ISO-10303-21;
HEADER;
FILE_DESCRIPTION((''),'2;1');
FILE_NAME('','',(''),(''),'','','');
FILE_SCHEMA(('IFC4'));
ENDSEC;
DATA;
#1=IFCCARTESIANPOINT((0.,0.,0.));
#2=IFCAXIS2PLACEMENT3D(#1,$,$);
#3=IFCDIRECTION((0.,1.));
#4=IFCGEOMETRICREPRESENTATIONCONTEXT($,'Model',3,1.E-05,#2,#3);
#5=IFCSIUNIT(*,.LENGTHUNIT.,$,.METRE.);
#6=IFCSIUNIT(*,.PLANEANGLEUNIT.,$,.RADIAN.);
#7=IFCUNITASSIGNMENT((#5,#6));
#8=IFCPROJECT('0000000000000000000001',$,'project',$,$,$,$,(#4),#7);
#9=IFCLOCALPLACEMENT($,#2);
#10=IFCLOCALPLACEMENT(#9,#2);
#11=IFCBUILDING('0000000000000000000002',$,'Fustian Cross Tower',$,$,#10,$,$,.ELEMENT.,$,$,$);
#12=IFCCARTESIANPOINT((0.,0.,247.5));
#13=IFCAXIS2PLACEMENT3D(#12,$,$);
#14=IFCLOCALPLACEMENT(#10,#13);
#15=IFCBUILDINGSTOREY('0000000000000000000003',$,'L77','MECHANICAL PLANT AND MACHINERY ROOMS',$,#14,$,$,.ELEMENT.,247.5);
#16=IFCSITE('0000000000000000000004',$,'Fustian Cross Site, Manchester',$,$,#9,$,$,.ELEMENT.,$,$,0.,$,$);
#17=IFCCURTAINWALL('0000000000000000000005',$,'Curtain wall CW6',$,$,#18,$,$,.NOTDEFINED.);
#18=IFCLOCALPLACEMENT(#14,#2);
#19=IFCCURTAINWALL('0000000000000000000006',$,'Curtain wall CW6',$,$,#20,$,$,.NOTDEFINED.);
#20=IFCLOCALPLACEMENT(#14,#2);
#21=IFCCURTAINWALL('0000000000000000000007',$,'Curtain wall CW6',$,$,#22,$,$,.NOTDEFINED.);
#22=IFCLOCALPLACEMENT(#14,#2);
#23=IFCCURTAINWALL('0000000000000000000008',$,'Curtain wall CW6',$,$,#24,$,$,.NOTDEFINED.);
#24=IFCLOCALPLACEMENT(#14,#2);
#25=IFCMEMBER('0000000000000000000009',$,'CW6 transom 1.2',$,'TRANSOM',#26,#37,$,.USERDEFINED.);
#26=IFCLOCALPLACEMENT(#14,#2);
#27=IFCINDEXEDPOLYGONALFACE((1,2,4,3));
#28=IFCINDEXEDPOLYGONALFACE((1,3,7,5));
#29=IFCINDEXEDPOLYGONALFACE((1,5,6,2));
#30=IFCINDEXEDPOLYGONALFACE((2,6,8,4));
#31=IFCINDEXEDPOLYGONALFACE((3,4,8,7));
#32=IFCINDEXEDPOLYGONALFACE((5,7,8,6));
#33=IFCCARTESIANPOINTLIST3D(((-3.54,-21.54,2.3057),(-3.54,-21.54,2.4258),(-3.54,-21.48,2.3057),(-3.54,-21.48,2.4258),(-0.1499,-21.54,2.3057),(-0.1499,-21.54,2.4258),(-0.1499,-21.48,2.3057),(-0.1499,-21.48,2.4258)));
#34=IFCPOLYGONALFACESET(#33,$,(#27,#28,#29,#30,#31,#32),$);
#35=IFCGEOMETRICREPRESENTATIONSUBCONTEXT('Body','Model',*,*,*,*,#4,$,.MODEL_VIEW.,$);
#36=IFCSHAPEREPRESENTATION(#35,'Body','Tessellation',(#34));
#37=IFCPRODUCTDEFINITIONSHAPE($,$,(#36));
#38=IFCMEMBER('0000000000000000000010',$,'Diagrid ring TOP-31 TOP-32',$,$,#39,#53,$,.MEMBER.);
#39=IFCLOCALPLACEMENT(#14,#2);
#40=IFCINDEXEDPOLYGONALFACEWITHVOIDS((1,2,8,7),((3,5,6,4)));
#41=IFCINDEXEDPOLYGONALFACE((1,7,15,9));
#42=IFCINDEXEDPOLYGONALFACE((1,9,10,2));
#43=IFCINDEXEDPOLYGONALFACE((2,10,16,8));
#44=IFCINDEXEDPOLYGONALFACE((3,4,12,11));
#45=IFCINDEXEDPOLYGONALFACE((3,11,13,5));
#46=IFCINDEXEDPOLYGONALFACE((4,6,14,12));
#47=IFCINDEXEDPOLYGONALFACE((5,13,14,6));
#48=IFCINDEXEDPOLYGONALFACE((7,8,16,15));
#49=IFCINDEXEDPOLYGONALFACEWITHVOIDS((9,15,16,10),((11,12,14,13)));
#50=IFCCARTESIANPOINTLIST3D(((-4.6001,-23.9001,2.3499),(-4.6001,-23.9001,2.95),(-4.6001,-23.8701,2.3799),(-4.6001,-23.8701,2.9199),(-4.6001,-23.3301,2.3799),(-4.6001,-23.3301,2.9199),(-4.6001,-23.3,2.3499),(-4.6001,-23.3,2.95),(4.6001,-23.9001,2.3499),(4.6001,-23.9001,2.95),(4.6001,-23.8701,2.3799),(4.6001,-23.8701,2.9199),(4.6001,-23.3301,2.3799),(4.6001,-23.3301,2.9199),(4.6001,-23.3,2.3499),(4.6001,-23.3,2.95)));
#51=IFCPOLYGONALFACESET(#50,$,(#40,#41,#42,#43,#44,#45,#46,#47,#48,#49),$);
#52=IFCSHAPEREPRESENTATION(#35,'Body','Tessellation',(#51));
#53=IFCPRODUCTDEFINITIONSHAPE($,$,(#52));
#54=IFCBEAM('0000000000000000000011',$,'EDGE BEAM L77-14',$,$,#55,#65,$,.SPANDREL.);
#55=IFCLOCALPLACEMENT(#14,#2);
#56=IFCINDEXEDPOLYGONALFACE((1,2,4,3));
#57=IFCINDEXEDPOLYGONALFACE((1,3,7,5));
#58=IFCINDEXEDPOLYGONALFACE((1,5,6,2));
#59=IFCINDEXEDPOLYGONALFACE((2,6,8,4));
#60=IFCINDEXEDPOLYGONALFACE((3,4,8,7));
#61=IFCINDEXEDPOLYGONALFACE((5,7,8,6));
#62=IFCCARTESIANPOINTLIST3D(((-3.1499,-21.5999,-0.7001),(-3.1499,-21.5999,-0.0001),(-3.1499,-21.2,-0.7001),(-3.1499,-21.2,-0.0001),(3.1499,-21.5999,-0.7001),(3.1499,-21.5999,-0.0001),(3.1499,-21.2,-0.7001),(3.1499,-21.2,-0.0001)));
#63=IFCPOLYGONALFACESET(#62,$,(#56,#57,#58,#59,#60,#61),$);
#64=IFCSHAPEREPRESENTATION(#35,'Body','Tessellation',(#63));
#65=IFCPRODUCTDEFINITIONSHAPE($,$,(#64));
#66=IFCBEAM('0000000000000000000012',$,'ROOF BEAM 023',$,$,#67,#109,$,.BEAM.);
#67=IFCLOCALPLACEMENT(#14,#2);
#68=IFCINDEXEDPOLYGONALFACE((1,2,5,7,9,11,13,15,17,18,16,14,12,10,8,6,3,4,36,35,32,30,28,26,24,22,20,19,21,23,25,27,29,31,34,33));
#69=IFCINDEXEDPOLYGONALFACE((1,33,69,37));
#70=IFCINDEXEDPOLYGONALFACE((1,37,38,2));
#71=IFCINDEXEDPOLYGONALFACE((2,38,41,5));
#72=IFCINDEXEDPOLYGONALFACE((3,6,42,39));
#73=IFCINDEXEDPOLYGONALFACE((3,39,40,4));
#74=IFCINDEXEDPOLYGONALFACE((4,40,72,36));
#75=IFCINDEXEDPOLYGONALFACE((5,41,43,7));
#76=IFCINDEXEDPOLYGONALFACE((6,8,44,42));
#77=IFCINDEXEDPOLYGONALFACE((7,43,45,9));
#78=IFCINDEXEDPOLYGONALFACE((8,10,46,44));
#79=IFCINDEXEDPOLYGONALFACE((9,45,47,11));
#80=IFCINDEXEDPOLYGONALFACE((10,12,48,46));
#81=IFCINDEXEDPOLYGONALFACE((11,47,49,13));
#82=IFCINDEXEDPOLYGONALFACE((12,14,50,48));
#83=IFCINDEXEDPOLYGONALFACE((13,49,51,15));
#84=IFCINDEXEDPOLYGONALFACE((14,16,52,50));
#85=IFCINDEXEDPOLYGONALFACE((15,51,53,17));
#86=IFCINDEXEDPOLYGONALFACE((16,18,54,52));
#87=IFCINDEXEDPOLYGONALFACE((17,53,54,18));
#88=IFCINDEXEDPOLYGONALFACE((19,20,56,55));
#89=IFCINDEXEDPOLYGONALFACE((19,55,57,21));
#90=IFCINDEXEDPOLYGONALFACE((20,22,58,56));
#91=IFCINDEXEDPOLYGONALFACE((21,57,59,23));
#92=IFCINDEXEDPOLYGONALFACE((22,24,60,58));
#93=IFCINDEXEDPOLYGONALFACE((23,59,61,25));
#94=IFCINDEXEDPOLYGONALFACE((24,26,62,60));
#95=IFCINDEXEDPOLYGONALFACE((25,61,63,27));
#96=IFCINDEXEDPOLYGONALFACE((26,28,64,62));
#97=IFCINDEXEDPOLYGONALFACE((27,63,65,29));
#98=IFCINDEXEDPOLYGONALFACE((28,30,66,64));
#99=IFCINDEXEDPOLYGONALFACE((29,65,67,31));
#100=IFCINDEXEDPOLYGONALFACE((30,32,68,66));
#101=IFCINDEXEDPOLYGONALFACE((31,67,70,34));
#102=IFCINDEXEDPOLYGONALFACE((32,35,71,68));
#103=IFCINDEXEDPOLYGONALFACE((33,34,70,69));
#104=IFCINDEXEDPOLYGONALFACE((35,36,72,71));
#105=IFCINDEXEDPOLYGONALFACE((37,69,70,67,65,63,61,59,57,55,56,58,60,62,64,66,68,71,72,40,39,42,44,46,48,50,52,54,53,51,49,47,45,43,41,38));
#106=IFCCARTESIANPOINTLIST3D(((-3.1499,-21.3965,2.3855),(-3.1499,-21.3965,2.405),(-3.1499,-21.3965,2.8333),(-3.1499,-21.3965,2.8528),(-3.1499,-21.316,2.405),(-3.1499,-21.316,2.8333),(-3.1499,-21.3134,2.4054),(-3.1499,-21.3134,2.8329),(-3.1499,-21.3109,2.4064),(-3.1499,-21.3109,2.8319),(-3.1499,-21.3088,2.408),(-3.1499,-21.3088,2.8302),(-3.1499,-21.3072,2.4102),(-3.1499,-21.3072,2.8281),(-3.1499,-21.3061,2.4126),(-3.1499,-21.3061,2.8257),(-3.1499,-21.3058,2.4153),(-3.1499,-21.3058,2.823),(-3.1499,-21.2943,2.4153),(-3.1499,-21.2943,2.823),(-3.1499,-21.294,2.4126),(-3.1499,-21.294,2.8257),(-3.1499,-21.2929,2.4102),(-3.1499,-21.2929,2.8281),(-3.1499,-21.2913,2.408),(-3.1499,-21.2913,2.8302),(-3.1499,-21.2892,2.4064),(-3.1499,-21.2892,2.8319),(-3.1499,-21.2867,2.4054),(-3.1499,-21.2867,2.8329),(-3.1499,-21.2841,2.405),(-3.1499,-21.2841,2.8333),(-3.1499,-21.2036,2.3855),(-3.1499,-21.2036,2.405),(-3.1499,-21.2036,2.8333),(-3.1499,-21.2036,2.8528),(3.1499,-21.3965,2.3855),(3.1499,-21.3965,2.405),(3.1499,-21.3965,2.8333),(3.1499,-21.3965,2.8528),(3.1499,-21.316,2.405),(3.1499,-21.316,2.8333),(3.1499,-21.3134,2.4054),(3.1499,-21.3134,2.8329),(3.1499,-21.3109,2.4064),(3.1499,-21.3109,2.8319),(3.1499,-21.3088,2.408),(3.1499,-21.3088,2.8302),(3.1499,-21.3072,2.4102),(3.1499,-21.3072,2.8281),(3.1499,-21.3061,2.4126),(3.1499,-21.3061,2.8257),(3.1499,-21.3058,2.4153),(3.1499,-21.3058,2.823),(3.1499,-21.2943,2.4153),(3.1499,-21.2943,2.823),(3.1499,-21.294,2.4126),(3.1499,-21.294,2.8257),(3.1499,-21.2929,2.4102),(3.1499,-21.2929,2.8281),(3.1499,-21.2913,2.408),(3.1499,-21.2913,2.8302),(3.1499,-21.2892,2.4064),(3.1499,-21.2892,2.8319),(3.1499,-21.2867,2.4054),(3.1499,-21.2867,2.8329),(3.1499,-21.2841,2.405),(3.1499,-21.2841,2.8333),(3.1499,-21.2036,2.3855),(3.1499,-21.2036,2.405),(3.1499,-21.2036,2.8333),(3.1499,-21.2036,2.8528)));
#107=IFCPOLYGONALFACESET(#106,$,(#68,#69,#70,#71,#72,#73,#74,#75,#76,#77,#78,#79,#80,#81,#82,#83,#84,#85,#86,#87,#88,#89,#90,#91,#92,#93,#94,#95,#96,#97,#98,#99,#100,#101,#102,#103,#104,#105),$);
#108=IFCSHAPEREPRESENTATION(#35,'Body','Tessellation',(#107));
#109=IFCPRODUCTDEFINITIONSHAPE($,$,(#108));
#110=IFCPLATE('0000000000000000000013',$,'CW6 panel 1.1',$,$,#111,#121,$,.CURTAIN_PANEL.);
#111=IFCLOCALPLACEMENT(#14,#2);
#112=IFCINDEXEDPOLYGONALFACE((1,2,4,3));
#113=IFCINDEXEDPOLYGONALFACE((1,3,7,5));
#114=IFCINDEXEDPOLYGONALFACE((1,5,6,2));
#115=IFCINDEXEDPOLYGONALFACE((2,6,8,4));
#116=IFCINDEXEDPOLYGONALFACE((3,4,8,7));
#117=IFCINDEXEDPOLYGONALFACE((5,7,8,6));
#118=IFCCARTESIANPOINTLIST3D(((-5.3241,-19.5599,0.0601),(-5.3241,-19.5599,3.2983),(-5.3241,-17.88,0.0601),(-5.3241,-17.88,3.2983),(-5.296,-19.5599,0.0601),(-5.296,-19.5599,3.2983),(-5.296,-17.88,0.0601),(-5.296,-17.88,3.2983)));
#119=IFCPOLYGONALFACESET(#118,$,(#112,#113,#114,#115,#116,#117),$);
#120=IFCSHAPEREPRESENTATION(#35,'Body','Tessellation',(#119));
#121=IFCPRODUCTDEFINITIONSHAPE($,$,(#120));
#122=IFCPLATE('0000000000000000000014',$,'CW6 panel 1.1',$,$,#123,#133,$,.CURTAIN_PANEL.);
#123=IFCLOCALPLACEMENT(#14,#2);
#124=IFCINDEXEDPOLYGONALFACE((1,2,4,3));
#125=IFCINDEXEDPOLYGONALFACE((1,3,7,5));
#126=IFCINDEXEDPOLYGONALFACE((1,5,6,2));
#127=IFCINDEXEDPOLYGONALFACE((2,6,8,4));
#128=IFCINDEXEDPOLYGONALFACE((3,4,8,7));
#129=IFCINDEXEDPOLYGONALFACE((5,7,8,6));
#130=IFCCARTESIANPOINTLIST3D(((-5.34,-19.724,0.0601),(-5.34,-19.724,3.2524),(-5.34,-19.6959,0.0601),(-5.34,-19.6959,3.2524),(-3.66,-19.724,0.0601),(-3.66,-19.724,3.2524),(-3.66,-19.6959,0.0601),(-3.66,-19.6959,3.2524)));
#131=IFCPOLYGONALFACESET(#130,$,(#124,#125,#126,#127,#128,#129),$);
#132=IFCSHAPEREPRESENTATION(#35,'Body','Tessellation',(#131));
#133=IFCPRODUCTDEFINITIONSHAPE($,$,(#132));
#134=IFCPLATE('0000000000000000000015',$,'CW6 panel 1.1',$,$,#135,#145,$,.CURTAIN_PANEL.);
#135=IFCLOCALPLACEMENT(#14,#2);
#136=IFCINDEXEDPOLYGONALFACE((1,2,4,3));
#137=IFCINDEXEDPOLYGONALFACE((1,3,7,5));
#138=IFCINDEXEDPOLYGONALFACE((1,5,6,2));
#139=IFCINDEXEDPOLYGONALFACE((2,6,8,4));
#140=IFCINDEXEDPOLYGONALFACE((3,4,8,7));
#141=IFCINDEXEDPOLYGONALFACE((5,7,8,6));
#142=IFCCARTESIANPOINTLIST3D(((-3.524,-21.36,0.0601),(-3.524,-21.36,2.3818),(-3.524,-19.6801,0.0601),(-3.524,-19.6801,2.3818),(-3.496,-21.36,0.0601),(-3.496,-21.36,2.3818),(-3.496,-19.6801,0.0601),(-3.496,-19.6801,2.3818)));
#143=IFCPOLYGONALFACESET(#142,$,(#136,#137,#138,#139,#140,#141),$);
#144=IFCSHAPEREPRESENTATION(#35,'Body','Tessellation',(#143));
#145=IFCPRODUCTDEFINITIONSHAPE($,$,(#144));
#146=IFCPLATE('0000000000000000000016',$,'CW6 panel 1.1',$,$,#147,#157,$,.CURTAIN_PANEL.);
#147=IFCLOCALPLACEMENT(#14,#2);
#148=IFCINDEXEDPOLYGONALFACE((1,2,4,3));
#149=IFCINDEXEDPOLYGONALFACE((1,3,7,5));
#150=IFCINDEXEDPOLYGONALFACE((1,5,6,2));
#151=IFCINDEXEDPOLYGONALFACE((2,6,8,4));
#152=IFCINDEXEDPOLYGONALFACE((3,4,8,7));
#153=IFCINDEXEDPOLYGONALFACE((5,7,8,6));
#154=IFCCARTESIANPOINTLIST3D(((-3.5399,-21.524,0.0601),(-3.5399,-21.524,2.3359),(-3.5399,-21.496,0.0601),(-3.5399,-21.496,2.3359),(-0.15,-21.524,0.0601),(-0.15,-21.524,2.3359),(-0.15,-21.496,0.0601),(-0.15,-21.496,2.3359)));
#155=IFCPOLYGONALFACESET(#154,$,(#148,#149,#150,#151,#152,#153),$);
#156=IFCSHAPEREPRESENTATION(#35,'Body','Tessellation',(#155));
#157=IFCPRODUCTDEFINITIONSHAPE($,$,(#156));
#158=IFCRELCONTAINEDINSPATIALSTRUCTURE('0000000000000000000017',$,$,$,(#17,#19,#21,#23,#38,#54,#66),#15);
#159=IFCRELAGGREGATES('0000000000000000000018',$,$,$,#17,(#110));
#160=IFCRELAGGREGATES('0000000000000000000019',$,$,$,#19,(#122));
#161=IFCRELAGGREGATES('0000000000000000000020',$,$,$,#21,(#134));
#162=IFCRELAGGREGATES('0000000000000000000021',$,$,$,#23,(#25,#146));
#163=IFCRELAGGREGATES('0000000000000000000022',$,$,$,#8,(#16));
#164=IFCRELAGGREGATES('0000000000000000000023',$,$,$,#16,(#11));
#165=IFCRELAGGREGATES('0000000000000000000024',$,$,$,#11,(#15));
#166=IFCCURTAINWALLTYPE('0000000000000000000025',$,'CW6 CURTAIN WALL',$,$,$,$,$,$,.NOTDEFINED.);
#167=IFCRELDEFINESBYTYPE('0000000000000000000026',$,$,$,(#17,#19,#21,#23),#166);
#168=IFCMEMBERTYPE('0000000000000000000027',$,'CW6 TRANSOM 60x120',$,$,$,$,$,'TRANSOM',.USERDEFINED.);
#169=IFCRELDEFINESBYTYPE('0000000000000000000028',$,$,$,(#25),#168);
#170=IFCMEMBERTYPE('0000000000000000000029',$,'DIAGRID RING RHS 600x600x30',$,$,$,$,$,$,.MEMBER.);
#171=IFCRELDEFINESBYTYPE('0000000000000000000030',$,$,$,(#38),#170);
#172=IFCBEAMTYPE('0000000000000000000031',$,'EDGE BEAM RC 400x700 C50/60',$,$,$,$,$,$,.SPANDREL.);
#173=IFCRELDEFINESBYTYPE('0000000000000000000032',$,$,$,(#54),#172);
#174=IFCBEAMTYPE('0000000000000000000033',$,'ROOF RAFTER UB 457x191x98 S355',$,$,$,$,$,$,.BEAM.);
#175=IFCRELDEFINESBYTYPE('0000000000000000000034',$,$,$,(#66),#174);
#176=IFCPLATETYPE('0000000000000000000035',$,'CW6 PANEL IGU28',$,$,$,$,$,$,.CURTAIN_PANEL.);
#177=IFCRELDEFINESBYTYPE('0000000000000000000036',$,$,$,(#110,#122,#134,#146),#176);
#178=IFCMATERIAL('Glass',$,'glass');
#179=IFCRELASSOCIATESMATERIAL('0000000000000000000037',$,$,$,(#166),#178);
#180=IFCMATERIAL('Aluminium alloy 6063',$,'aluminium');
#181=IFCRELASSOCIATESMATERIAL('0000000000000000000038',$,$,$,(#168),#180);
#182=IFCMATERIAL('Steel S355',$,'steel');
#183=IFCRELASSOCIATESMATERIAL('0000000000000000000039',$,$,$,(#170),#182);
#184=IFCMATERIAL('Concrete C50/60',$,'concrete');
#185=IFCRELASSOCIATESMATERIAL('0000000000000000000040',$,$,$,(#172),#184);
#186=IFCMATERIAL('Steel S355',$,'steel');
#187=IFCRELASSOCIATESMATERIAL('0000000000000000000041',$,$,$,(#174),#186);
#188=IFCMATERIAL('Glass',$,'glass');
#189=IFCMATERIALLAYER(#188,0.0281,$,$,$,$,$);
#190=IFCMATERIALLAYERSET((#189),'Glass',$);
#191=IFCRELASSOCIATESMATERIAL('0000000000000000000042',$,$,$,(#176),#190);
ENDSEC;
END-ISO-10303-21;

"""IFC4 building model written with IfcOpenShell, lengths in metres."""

from ifc_helpers import new_model, si_unit, direction, frame, origin, origin_2d, place, context, subcontext, project, spatial, rectangle, hollow_rectangle, i_section, extrude, material, layer, layer_set, material_profile, profile_set, type_object, element, aggregate, save


model = new_model("IFC4")

# Units and contexts
model_context = context("Model", 3, precision=1e-05, world=origin(), true_north=direction((0.0, 1.0)))
body_context = subcontext(model_context, "Body", "Model", "MODEL_VIEW")
ifc_project = project(units=[si_unit("LENGTHUNIT", "METRE"), si_unit("PLANEANGLEUNIT", "RADIAN")], contexts=[model_context])

# Site, building, storey
site_placement = place(None, origin())
site = spatial("IfcSite", under=ifc_project, at=site_placement, Name="Fustian Cross Site, Manchester", CompositionType="ELEMENT", RefElevation=0.0)
building_placement = place(site_placement, origin())
building = spatial("IfcBuilding", under=site, at=building_placement, Name="Fustian Cross Tower", CompositionType="ELEMENT")
storey_placement = place(building_placement, frame((0.0, 0.0, 247.5)))
storey = spatial("IfcBuildingStorey", under=building, at=storey_placement, Name="L77", Description="MECHANICAL PLANT AND MACHINERY ROOMS", CompositionType="ELEMENT", Elevation=247.5)

# Curtain wall
ifc_material_1 = material(Name="Glass", Category="glass")
curtain_wall_type = type_object("IfcCurtainWallType", Name="CW6 CURTAIN WALL", PredefinedType="NOTDEFINED", material=ifc_material_1)
curtain_wall_1_placement = place(storey_placement, origin())
curtain_wall_1 = element("IfcCurtainWall", 1, at=curtain_wall_1_placement, inside=storey, type_object=curtain_wall_type, Name="Curtain wall CW6", PredefinedType="NOTDEFINED")

# Curtain wall
curtain_wall_2_placement = place(storey_placement, origin())
curtain_wall_2 = element("IfcCurtainWall", 2, at=curtain_wall_2_placement, inside=storey, type_object=curtain_wall_type, Name="Curtain wall CW6", PredefinedType="NOTDEFINED")

# Curtain wall
curtain_wall_3_placement = place(storey_placement, origin())
curtain_wall_3 = element("IfcCurtainWall", 3, at=curtain_wall_3_placement, inside=storey, type_object=curtain_wall_type, Name="Curtain wall CW6", PredefinedType="NOTDEFINED")

# Curtain wall
curtain_wall_4_placement = place(storey_placement, origin())
curtain_wall_4 = element("IfcCurtainWall", 4, at=curtain_wall_4_placement, inside=storey, type_object=curtain_wall_type, Name="Curtain wall CW6", PredefinedType="NOTDEFINED")

# Members
ifc_material_2 = material(Name="Aluminium alloy 6063", Category="aluminium")
ifc_material_profile_1 = material_profile(ifc_material_2, rectangle(XDim=0.0601, YDim=0.1201, at=origin_2d()), Name="CW6 TRANSOM 60x120")
ifc_profile_set_1 = profile_set([ifc_material_profile_1], Name="Aluminium alloy 6063")
member_type_1 = type_object("IfcMemberType", Name="CW6 TRANSOM 60x120", ElementType="TRANSOM", PredefinedType="USERDEFINED", material=ifc_profile_set_1)
member_1_placement = place(storey_placement, frame((-3.54, -21.51, 2.3657), z_axis=(1.0, 0.0, 0.0), x_axis=(0.0, 1.0, 0.0)))
member_1 = element("IfcMember", 5, at=member_1_placement, type_object=member_type_1, Name="CW6 transom 1.2", ObjectType="TRANSOM", PredefinedType="USERDEFINED", context=body_context, shape_type="SweptSolid", body=[
    extrude(rectangle(XDim=0.0601, YDim=0.1201, at=origin_2d()), origin(), (0.0, 0.0, 1.0), 3.3901),
])
ifc_material_3 = material(Name="Steel S355", Category="steel")
ifc_material_profile_2 = material_profile(ifc_material_3, hollow_rectangle(XDim=0.6001, YDim=0.6001, WallThickness=0.03, at=origin_2d()), Name="RHS 600x600x30")
ifc_profile_set_2 = profile_set([ifc_material_profile_2], Name="Steel S355")
member_type_2 = type_object("IfcMemberType", Name="DIAGRID RING RHS 600x600x30", PredefinedType="MEMBER", material=ifc_profile_set_2)
member_2_placement = place(storey_placement, frame((-4.6001, -23.6001, 2.6499), z_axis=(1.0, 0.0, 0.0), x_axis=(0.0, 1.0, 0.0)))
element("IfcMember", 6, at=member_2_placement, inside=storey, type_object=member_type_2, Name="Diagrid ring TOP-31 TOP-32", PredefinedType="MEMBER", context=body_context, shape_type="SweptSolid", body=[
    extrude(hollow_rectangle(XDim=0.6001, YDim=0.6001, WallThickness=0.03, at=origin_2d()), origin(), (0.0, 0.0, 1.0), 9.2002),
])

# Beams
ifc_material_4 = material(Name="Concrete C50/60", Category="concrete")
ifc_material_profile_3 = material_profile(ifc_material_4, rectangle(XDim=0.3999, YDim=0.7, at=origin_2d()), Name="RC 400x700")
ifc_profile_set_3 = profile_set([ifc_material_profile_3], Name="Concrete C50/60")
beam_type_1 = type_object("IfcBeamType", Name="EDGE BEAM RC 400x700 C50/60", PredefinedType="SPANDREL", material=ifc_profile_set_3)
beam_1_placement = place(storey_placement, frame((-3.1499, -21.3999, -0.3501), z_axis=(1.0, 0.0, 0.0), x_axis=(0.0, 1.0, 0.0)))
element("IfcBeam", 7, at=beam_1_placement, inside=storey, type_object=beam_type_1, Name="EDGE BEAM L77-14", PredefinedType="SPANDREL", context=body_context, shape_type="SweptSolid", body=[
    extrude(rectangle(XDim=0.3999, YDim=0.7, at=origin_2d()), origin(), (0.0, 0.0, 1.0), 6.2998),
])
ifc_material_5 = material(Name="Steel S355", Category="steel")
ifc_material_profile_4 = material_profile(ifc_material_5, i_section(OverallWidth=0.1929, OverallDepth=0.4673, WebThickness=0.0115, FlangeThickness=0.0195, FilletRadius=0.0103, at=origin_2d()), Name="UB 457x191x98")
ifc_profile_set_4 = profile_set([ifc_material_profile_4], Name="Steel S355")
beam_type_2 = type_object("IfcBeamType", Name="ROOF RAFTER UB 457x191x98 S355", PredefinedType="BEAM", material=ifc_profile_set_4)
beam_2_placement = place(storey_placement, frame((-3.1499, -21.3, 2.6191), z_axis=(1.0, 0.0, 0.0), x_axis=(0.0, 1.0, 0.0)))
element("IfcBeam", 8, at=beam_2_placement, inside=storey, type_object=beam_type_2, Name="ROOF BEAM 023", PredefinedType="BEAM", context=body_context, shape_type="SweptSolid", body=[
    extrude(i_section(OverallWidth=0.1929, OverallDepth=0.4673, WebThickness=0.0115, FlangeThickness=0.0195, FilletRadius=0.0103, at=origin_2d()), origin(), (0.0, 0.0, 1.0), 6.2998),
])

# Plates
ifc_material_6 = material(Name="Glass", Category="glass")
ifc_layer_1 = layer(ifc_material_6, 0.0281)
ifc_layer_set_1 = layer_set([ifc_layer_1], Name="Glass")
plate_type = type_object("IfcPlateType", Name="CW6 PANEL IGU28", PredefinedType="CURTAIN_PANEL", material=ifc_layer_set_1)
plate_1_placement = place(storey_placement, frame((-5.3101, -18.72, 0.0601), z_axis=(0.0, 0.0, 1.0), x_axis=(0.0, -1.0, 0.0)))
plate_1 = element("IfcPlate", 9, at=plate_1_placement, type_object=plate_type, Name="CW6 panel 1.1", PredefinedType="CURTAIN_PANEL", context=body_context, shape_type="SweptSolid", body=[
    extrude(rectangle(XDim=1.6799, YDim=0.0281, at=origin_2d()), origin(), (0.0, 0.0, 1.0), 3.2383),
])
aggregate(curtain_wall_1, [plate_1])
plate_2_placement = place(storey_placement, frame((-4.5, -19.71, 0.0601), z_axis=(0.0, 0.0, 1.0), x_axis=(1.0, 0.0, 0.0)))
plate_2 = element("IfcPlate", 10, at=plate_2_placement, type_object=plate_type, Name="CW6 panel 1.1", PredefinedType="CURTAIN_PANEL", context=body_context, shape_type="SweptSolid", body=[
    extrude(rectangle(XDim=1.6799, YDim=0.0281, at=origin_2d()), origin(), (0.0, 0.0, 1.0), 3.1924),
])
aggregate(curtain_wall_2, [plate_2])
plate_3_placement = place(storey_placement, frame((-3.51, -20.52, 0.0601), z_axis=(0.0, 0.0, 1.0), x_axis=(0.0, -1.0, 0.0)))
plate_3 = element("IfcPlate", 11, at=plate_3_placement, type_object=plate_type, Name="CW6 panel 1.1", PredefinedType="CURTAIN_PANEL", context=body_context, shape_type="SweptSolid", body=[
    extrude(rectangle(XDim=1.6799, YDim=0.0281, at=origin_2d()), origin(), (0.0, 0.0, 1.0), 2.3218),
])
aggregate(curtain_wall_3, [plate_3])
plate_4_placement = place(storey_placement, frame((-1.845, -21.51, 0.0601), z_axis=(0.0, 0.0, 1.0), x_axis=(1.0, 0.0, 0.0)))
plate_4 = element("IfcPlate", 12, at=plate_4_placement, type_object=plate_type, Name="CW6 panel 1.1", PredefinedType="CURTAIN_PANEL", context=body_context, shape_type="SweptSolid", body=[
    extrude(rectangle(XDim=3.3899, YDim=0.0281, at=origin_2d()), origin(), (0.0, 0.0, 1.0), 2.2759),
])
aggregate(curtain_wall_4, [member_1, plate_4])

save(model, "model.ifc")
